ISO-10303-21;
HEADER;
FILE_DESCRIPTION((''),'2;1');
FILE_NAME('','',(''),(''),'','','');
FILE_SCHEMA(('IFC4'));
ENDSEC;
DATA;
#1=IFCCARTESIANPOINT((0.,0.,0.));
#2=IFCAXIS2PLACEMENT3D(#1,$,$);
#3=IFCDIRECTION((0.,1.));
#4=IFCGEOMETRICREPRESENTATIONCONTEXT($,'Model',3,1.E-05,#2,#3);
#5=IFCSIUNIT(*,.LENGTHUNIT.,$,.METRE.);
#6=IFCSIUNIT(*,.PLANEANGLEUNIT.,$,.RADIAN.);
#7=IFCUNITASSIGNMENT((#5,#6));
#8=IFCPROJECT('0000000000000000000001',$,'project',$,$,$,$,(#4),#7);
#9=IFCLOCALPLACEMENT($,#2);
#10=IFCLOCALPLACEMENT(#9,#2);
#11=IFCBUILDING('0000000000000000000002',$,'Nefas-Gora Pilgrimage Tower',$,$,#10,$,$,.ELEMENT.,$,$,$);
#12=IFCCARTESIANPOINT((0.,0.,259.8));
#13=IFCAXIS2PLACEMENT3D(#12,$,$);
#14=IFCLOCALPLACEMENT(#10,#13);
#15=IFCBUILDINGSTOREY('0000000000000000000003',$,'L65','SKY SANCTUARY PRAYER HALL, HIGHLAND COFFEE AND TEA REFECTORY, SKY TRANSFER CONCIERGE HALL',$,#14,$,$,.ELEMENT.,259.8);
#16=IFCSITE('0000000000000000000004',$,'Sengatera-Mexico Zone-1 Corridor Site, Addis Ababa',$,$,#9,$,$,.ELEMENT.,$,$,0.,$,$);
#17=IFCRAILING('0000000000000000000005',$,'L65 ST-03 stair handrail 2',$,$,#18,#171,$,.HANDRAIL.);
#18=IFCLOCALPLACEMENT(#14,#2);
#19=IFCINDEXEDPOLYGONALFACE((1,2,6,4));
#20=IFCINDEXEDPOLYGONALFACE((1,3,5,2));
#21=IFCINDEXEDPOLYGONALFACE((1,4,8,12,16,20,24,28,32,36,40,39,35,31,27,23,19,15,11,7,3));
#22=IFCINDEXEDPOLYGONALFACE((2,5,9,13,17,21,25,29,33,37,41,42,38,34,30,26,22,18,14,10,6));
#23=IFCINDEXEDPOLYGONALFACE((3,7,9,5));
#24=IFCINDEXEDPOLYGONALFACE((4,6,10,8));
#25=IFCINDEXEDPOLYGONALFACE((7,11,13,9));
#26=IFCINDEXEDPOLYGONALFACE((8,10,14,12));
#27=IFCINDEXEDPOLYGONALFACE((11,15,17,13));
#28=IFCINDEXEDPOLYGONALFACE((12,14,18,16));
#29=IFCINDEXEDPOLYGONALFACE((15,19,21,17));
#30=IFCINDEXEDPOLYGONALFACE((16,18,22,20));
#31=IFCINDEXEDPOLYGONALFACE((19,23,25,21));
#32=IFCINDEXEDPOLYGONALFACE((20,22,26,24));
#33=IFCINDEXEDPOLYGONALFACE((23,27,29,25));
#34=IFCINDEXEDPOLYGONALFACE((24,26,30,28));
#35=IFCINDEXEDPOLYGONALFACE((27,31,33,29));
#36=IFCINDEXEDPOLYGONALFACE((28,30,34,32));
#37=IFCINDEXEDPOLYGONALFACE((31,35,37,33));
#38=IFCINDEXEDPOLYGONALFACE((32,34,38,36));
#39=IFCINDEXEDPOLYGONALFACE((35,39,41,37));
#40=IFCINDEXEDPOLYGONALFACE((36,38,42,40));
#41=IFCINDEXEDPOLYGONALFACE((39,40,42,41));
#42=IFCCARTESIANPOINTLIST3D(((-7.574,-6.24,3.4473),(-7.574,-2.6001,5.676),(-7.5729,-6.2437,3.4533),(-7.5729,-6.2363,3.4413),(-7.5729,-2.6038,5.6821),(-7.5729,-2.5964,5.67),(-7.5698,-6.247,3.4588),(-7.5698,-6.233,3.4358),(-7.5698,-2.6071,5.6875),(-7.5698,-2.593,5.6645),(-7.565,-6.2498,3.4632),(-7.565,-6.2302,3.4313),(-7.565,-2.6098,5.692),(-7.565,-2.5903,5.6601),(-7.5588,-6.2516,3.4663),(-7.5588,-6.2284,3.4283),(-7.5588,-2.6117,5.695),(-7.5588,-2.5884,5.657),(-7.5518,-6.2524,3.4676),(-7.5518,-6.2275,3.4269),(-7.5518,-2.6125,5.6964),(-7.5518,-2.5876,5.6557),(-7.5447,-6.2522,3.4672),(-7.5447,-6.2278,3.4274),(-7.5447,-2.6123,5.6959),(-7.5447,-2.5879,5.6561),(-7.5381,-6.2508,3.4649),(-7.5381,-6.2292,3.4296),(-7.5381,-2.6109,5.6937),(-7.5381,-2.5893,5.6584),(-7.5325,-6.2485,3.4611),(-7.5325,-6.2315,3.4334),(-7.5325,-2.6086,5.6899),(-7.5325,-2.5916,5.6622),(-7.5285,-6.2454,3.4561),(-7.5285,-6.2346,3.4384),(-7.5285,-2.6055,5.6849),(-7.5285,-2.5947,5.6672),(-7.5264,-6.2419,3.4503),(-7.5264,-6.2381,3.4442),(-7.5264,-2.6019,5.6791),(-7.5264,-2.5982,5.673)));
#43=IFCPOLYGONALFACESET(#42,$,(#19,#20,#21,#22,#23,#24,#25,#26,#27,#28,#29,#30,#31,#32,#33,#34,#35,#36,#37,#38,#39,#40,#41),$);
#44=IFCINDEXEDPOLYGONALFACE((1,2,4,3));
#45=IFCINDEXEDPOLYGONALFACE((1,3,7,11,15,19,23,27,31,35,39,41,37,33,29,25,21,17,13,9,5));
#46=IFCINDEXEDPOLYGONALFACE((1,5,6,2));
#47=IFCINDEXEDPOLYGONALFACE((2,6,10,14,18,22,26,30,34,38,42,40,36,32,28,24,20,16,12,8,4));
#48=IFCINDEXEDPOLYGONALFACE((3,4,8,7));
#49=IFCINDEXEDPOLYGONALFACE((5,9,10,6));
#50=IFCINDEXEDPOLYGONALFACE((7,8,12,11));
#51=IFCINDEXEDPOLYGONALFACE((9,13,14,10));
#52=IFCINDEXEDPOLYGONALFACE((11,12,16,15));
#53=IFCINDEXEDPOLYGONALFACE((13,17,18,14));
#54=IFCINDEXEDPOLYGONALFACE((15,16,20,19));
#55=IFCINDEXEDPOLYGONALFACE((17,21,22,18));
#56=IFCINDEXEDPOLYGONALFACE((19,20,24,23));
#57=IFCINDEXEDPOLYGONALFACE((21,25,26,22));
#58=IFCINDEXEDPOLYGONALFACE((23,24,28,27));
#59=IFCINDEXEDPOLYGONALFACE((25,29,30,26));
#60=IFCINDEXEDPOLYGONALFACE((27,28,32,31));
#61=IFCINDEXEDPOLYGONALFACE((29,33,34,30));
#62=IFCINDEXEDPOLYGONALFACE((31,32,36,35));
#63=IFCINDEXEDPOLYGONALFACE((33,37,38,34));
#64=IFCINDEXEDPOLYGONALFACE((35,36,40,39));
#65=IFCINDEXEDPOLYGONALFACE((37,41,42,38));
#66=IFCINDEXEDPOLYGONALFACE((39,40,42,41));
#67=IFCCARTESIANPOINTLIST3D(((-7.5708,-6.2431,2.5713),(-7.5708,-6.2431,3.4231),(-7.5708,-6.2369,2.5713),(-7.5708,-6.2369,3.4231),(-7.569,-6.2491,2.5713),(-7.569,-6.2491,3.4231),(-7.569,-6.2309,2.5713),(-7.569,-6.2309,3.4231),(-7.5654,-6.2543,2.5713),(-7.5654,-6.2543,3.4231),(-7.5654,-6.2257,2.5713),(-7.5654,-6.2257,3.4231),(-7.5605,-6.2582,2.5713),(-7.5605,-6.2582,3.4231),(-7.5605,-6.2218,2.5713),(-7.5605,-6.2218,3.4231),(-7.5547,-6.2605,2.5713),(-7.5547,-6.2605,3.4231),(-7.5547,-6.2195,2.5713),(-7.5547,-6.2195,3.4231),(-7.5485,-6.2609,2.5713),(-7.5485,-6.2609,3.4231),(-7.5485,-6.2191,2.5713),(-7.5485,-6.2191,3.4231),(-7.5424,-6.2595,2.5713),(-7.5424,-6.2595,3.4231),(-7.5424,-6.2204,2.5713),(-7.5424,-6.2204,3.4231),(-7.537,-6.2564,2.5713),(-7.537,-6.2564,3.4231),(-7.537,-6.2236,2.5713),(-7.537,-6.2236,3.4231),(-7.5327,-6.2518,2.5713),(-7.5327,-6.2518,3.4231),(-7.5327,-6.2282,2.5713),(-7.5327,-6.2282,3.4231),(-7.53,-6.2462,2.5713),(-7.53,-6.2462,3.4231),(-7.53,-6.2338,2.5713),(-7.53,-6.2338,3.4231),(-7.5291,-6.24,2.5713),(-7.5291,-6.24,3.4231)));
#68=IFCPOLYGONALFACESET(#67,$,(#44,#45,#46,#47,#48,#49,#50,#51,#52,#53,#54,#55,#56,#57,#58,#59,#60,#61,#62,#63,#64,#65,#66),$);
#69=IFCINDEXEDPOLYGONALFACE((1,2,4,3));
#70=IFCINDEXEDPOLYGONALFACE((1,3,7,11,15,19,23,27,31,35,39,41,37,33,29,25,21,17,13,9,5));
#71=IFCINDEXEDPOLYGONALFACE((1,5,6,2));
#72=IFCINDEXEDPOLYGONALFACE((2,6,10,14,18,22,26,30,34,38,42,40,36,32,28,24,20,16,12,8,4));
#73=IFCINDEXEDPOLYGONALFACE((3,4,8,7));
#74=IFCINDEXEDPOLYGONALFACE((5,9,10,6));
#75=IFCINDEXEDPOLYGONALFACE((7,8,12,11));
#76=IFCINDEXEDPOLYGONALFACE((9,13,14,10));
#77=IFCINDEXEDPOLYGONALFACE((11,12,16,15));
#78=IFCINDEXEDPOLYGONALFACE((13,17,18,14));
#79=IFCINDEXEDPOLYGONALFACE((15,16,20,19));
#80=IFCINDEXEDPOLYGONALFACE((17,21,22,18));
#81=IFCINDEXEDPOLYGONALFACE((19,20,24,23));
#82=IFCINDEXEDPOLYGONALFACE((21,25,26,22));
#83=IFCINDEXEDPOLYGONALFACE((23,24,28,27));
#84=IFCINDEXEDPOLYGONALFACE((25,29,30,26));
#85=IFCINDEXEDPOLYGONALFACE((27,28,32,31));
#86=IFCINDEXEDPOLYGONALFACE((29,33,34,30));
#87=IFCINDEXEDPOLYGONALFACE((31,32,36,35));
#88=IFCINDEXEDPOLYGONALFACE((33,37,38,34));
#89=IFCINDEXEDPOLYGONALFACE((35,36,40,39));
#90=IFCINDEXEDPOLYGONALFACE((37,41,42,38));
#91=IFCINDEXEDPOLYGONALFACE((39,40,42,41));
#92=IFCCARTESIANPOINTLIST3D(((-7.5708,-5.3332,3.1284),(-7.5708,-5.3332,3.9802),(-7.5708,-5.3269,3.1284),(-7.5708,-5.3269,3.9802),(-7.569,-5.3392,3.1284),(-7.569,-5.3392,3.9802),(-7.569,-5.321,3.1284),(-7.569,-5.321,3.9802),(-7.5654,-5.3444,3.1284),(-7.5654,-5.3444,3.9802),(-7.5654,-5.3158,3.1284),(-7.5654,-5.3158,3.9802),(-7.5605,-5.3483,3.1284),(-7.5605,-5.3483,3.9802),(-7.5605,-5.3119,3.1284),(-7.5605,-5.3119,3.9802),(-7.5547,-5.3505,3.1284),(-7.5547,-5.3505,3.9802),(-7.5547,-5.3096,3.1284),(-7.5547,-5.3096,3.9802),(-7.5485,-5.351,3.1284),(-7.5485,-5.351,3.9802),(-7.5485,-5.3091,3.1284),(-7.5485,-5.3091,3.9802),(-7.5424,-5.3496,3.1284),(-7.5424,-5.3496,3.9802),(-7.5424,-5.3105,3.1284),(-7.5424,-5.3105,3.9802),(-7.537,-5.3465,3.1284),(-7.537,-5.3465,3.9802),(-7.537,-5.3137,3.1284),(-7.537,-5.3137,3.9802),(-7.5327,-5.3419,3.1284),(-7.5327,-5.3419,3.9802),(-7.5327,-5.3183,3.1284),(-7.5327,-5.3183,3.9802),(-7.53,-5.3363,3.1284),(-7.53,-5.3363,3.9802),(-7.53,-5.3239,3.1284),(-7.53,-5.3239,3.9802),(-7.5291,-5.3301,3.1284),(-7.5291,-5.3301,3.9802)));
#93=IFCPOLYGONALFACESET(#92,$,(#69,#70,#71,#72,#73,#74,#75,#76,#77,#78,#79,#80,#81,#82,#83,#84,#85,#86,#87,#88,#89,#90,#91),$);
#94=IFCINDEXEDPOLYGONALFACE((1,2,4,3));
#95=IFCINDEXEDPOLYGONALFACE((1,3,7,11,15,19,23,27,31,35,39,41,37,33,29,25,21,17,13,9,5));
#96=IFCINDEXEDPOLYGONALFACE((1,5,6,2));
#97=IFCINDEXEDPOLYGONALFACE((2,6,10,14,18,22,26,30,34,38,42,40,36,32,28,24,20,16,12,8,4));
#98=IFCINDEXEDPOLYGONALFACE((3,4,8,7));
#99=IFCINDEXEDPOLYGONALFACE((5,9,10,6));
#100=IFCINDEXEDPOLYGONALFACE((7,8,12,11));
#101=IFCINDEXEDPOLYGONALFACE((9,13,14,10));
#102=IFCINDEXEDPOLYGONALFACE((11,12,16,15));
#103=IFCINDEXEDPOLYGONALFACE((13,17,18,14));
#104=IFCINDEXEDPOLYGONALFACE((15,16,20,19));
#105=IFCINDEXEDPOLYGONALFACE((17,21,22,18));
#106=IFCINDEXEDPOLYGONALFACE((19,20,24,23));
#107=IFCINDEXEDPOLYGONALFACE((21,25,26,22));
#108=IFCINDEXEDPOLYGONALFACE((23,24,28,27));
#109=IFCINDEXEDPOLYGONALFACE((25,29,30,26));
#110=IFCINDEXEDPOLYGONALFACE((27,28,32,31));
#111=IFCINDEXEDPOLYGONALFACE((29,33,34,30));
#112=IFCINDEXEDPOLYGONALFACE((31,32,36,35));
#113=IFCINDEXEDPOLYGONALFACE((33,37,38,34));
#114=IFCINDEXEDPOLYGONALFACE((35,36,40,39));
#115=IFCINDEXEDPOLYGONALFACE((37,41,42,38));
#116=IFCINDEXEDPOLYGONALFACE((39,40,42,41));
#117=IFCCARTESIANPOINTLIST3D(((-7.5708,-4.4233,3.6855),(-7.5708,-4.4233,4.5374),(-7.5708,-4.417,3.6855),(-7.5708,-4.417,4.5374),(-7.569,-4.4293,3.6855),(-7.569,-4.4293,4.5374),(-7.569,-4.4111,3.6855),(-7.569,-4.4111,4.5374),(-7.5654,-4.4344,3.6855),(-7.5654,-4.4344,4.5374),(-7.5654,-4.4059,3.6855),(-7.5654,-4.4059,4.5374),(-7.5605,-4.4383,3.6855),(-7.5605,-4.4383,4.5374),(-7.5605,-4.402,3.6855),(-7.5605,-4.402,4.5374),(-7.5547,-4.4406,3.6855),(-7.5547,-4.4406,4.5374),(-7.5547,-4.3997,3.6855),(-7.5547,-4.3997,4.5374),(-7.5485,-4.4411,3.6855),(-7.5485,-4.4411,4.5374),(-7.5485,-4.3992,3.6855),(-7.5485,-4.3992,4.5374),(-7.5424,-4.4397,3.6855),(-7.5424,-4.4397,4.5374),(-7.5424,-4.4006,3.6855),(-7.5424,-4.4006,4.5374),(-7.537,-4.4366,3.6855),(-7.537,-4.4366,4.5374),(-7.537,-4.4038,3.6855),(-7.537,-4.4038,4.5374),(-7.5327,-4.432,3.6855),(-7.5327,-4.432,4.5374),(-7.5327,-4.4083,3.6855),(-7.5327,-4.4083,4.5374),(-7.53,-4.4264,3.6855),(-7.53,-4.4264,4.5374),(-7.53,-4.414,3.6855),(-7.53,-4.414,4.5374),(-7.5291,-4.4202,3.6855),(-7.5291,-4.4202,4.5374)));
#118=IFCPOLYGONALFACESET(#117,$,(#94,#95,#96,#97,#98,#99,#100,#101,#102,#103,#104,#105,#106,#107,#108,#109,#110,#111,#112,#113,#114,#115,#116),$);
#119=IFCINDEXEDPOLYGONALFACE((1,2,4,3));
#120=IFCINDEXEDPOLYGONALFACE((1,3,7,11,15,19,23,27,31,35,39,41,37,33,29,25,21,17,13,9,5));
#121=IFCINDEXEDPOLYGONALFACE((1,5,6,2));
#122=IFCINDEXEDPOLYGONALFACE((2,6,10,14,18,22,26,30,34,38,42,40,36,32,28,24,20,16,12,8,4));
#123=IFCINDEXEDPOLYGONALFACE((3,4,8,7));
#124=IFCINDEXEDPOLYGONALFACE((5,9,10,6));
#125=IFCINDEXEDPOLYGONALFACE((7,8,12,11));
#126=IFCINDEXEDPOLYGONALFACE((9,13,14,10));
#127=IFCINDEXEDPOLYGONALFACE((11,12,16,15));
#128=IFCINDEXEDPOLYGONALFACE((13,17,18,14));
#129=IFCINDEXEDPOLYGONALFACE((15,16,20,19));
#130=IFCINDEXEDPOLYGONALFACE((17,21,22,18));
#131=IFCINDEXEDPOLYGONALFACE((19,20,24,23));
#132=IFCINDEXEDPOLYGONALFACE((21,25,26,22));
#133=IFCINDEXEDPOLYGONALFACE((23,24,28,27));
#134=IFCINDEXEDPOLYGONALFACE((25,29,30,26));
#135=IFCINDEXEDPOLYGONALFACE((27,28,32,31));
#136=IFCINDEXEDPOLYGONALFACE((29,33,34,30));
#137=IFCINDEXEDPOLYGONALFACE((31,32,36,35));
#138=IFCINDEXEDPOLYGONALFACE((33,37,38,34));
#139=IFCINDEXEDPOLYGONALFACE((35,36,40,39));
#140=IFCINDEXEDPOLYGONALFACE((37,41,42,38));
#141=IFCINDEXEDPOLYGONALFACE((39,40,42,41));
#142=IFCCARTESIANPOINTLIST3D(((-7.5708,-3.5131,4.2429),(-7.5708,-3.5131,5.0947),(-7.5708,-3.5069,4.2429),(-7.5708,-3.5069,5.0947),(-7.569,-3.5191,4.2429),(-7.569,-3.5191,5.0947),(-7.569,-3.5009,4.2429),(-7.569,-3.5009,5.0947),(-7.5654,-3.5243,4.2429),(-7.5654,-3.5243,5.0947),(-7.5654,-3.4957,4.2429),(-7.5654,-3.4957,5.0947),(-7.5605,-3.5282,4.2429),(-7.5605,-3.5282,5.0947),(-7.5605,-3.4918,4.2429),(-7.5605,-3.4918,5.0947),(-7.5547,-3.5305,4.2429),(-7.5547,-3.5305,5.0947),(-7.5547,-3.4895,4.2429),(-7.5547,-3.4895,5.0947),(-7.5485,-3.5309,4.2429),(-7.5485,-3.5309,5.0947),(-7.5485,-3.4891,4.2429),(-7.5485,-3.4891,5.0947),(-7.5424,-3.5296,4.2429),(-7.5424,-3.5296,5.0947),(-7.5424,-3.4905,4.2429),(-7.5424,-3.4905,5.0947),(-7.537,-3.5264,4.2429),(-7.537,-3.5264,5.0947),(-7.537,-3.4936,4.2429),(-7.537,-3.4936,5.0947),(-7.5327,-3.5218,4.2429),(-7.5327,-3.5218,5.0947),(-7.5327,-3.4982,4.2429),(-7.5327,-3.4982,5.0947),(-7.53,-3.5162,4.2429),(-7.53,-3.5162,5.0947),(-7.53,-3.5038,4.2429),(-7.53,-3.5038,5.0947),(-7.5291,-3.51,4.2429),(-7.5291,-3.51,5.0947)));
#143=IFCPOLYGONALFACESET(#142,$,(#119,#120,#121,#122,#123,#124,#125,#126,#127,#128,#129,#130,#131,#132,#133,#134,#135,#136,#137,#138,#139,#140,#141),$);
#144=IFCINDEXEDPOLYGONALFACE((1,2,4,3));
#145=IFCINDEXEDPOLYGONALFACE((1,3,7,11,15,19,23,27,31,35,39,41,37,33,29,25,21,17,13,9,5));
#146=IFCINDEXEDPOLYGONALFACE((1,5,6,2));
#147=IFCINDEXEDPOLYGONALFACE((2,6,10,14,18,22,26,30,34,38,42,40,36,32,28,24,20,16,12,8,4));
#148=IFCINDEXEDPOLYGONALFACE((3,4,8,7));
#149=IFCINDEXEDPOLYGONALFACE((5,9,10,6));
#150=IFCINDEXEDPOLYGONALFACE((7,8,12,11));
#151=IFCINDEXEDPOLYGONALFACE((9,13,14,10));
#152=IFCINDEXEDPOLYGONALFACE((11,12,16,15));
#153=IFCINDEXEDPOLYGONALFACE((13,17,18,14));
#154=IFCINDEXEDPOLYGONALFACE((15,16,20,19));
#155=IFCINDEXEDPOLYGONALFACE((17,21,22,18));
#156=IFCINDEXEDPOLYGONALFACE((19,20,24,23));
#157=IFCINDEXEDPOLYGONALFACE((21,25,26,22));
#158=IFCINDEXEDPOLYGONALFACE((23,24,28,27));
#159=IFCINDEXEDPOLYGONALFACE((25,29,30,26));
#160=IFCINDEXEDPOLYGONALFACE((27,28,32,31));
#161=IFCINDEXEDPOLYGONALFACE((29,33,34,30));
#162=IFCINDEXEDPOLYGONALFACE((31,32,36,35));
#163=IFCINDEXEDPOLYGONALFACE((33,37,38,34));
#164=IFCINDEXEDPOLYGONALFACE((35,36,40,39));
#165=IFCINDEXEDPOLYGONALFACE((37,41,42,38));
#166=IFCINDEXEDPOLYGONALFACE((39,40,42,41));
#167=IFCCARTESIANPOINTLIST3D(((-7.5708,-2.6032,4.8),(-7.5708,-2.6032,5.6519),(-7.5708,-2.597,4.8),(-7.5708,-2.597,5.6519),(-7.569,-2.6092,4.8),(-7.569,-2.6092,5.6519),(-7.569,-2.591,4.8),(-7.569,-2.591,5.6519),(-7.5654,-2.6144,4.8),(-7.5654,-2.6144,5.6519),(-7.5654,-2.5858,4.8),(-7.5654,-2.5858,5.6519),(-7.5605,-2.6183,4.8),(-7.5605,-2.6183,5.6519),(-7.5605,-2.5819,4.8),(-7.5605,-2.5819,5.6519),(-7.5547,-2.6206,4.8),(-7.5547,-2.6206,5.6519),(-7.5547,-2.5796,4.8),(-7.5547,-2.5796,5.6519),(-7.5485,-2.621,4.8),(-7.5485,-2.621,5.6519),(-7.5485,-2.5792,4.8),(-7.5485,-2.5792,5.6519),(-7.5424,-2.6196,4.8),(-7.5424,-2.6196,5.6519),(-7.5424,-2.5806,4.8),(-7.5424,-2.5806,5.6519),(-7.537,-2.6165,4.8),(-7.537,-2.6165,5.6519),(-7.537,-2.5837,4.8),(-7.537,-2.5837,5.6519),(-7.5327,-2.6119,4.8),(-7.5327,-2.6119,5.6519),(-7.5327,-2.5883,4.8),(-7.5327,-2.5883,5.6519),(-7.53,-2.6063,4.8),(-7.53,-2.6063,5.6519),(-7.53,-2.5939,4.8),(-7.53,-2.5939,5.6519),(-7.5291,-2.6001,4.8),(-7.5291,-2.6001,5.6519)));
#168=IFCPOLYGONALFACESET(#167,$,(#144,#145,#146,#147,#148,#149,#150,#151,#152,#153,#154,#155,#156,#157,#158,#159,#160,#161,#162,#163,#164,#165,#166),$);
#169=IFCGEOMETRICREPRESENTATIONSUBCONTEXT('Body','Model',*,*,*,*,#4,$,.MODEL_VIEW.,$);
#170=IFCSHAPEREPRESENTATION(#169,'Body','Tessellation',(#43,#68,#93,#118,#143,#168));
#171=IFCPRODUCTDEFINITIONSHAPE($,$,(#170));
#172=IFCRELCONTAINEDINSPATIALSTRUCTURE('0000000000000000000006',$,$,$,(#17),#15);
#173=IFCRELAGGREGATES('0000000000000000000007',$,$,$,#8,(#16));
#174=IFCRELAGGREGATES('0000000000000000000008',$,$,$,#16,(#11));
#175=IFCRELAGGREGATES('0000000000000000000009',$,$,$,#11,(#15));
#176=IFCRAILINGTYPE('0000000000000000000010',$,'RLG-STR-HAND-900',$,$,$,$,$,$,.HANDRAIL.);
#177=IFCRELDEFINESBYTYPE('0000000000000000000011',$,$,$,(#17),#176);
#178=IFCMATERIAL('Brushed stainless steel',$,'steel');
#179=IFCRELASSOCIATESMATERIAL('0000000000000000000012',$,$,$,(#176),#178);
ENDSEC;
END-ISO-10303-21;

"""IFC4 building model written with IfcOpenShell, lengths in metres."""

from ifc_helpers import new_model, si_unit, direction, frame, origin, origin_2d, place, context, subcontext, project, spatial, circle, extrude, material, type_object, element, save


model = new_model("IFC4")

# Units and contexts
model_context = context("Model", 3, precision=1e-05, world=origin(), true_north=direction((0.0, 1.0)))
body_context = subcontext(model_context, "Body", "Model", "MODEL_VIEW")
ifc_project = project(units=[si_unit("LENGTHUNIT", "METRE"), si_unit("PLANEANGLEUNIT", "RADIAN")], contexts=[model_context])

# Site, building, storey
site_placement = place(None, origin())
site = spatial("IfcSite", under=ifc_project, at=site_placement, Name="Sengatera-Mexico Zone-1 Corridor Site, Addis Ababa", CompositionType="ELEMENT", RefElevation=0.0)
building_placement = place(site_placement, origin())
building = spatial("IfcBuilding", under=site, at=building_placement, Name="Nefas-Gora Pilgrimage Tower", CompositionType="ELEMENT")
storey_placement = place(building_placement, frame((0.0, 0.0, 259.8)))
storey = spatial("IfcBuildingStorey", under=building, at=storey_placement, Name="L65", Description="SKY SANCTUARY PRAYER HALL, HIGHLAND COFFEE AND TEA REFECTORY, SKY TRANSFER CONCIERGE HALL", CompositionType="ELEMENT", Elevation=259.8)

# Railing
ifc_material_1 = material(Name="Brushed stainless steel", Category="steel")
railing_type_1 = type_object("IfcRailingType", Name="RLG-STR-HAND-900", PredefinedType="HANDRAIL", material=ifc_material_1)
railing_1_placement = place(storey_placement, frame((-7.55, -6.24, 2.5713)))
element("IfcRailing", 1, at=railing_1_placement, inside=storey, type_object=railing_type_1, Name="L65 ST-03 stair handrail 2", PredefinedType="HANDRAIL", context=body_context, shape_type="SweptSolid", body=[
    extrude(circle(Radius=0.0239, at=origin_2d()), frame((0.0, 0.0, 0.876), z_axis=(0.0, 0.852825, 0.522197), x_axis=(-1.0, 0.0, 0.0)), (0.0, 0.0, 1.0), 4.2681),
    extrude(circle(Radius=0.021, at=origin_2d()), origin(), (0.0, 0.0, 1.0), 0.8518),
    extrude(circle(Radius=0.021, at=origin_2d()), frame((0.0, 0.9099, 0.5571)), (0.0, 0.0, 1.0), 0.8518),
    extrude(circle(Radius=0.021, at=origin_2d()), frame((0.0, 1.8198, 1.1143)), (0.0, 0.0, 1.0), 0.8518),
    extrude(circle(Radius=0.021, at=origin_2d()), frame((0.0, 2.73, 1.6716)), (0.0, 0.0, 1.0), 0.8518),
    extrude(circle(Radius=0.021, at=origin_2d()), frame((0.0, 3.6399, 2.2288)), (0.0, 0.0, 1.0), 0.8518),
])

save(model, "model.ifc")
